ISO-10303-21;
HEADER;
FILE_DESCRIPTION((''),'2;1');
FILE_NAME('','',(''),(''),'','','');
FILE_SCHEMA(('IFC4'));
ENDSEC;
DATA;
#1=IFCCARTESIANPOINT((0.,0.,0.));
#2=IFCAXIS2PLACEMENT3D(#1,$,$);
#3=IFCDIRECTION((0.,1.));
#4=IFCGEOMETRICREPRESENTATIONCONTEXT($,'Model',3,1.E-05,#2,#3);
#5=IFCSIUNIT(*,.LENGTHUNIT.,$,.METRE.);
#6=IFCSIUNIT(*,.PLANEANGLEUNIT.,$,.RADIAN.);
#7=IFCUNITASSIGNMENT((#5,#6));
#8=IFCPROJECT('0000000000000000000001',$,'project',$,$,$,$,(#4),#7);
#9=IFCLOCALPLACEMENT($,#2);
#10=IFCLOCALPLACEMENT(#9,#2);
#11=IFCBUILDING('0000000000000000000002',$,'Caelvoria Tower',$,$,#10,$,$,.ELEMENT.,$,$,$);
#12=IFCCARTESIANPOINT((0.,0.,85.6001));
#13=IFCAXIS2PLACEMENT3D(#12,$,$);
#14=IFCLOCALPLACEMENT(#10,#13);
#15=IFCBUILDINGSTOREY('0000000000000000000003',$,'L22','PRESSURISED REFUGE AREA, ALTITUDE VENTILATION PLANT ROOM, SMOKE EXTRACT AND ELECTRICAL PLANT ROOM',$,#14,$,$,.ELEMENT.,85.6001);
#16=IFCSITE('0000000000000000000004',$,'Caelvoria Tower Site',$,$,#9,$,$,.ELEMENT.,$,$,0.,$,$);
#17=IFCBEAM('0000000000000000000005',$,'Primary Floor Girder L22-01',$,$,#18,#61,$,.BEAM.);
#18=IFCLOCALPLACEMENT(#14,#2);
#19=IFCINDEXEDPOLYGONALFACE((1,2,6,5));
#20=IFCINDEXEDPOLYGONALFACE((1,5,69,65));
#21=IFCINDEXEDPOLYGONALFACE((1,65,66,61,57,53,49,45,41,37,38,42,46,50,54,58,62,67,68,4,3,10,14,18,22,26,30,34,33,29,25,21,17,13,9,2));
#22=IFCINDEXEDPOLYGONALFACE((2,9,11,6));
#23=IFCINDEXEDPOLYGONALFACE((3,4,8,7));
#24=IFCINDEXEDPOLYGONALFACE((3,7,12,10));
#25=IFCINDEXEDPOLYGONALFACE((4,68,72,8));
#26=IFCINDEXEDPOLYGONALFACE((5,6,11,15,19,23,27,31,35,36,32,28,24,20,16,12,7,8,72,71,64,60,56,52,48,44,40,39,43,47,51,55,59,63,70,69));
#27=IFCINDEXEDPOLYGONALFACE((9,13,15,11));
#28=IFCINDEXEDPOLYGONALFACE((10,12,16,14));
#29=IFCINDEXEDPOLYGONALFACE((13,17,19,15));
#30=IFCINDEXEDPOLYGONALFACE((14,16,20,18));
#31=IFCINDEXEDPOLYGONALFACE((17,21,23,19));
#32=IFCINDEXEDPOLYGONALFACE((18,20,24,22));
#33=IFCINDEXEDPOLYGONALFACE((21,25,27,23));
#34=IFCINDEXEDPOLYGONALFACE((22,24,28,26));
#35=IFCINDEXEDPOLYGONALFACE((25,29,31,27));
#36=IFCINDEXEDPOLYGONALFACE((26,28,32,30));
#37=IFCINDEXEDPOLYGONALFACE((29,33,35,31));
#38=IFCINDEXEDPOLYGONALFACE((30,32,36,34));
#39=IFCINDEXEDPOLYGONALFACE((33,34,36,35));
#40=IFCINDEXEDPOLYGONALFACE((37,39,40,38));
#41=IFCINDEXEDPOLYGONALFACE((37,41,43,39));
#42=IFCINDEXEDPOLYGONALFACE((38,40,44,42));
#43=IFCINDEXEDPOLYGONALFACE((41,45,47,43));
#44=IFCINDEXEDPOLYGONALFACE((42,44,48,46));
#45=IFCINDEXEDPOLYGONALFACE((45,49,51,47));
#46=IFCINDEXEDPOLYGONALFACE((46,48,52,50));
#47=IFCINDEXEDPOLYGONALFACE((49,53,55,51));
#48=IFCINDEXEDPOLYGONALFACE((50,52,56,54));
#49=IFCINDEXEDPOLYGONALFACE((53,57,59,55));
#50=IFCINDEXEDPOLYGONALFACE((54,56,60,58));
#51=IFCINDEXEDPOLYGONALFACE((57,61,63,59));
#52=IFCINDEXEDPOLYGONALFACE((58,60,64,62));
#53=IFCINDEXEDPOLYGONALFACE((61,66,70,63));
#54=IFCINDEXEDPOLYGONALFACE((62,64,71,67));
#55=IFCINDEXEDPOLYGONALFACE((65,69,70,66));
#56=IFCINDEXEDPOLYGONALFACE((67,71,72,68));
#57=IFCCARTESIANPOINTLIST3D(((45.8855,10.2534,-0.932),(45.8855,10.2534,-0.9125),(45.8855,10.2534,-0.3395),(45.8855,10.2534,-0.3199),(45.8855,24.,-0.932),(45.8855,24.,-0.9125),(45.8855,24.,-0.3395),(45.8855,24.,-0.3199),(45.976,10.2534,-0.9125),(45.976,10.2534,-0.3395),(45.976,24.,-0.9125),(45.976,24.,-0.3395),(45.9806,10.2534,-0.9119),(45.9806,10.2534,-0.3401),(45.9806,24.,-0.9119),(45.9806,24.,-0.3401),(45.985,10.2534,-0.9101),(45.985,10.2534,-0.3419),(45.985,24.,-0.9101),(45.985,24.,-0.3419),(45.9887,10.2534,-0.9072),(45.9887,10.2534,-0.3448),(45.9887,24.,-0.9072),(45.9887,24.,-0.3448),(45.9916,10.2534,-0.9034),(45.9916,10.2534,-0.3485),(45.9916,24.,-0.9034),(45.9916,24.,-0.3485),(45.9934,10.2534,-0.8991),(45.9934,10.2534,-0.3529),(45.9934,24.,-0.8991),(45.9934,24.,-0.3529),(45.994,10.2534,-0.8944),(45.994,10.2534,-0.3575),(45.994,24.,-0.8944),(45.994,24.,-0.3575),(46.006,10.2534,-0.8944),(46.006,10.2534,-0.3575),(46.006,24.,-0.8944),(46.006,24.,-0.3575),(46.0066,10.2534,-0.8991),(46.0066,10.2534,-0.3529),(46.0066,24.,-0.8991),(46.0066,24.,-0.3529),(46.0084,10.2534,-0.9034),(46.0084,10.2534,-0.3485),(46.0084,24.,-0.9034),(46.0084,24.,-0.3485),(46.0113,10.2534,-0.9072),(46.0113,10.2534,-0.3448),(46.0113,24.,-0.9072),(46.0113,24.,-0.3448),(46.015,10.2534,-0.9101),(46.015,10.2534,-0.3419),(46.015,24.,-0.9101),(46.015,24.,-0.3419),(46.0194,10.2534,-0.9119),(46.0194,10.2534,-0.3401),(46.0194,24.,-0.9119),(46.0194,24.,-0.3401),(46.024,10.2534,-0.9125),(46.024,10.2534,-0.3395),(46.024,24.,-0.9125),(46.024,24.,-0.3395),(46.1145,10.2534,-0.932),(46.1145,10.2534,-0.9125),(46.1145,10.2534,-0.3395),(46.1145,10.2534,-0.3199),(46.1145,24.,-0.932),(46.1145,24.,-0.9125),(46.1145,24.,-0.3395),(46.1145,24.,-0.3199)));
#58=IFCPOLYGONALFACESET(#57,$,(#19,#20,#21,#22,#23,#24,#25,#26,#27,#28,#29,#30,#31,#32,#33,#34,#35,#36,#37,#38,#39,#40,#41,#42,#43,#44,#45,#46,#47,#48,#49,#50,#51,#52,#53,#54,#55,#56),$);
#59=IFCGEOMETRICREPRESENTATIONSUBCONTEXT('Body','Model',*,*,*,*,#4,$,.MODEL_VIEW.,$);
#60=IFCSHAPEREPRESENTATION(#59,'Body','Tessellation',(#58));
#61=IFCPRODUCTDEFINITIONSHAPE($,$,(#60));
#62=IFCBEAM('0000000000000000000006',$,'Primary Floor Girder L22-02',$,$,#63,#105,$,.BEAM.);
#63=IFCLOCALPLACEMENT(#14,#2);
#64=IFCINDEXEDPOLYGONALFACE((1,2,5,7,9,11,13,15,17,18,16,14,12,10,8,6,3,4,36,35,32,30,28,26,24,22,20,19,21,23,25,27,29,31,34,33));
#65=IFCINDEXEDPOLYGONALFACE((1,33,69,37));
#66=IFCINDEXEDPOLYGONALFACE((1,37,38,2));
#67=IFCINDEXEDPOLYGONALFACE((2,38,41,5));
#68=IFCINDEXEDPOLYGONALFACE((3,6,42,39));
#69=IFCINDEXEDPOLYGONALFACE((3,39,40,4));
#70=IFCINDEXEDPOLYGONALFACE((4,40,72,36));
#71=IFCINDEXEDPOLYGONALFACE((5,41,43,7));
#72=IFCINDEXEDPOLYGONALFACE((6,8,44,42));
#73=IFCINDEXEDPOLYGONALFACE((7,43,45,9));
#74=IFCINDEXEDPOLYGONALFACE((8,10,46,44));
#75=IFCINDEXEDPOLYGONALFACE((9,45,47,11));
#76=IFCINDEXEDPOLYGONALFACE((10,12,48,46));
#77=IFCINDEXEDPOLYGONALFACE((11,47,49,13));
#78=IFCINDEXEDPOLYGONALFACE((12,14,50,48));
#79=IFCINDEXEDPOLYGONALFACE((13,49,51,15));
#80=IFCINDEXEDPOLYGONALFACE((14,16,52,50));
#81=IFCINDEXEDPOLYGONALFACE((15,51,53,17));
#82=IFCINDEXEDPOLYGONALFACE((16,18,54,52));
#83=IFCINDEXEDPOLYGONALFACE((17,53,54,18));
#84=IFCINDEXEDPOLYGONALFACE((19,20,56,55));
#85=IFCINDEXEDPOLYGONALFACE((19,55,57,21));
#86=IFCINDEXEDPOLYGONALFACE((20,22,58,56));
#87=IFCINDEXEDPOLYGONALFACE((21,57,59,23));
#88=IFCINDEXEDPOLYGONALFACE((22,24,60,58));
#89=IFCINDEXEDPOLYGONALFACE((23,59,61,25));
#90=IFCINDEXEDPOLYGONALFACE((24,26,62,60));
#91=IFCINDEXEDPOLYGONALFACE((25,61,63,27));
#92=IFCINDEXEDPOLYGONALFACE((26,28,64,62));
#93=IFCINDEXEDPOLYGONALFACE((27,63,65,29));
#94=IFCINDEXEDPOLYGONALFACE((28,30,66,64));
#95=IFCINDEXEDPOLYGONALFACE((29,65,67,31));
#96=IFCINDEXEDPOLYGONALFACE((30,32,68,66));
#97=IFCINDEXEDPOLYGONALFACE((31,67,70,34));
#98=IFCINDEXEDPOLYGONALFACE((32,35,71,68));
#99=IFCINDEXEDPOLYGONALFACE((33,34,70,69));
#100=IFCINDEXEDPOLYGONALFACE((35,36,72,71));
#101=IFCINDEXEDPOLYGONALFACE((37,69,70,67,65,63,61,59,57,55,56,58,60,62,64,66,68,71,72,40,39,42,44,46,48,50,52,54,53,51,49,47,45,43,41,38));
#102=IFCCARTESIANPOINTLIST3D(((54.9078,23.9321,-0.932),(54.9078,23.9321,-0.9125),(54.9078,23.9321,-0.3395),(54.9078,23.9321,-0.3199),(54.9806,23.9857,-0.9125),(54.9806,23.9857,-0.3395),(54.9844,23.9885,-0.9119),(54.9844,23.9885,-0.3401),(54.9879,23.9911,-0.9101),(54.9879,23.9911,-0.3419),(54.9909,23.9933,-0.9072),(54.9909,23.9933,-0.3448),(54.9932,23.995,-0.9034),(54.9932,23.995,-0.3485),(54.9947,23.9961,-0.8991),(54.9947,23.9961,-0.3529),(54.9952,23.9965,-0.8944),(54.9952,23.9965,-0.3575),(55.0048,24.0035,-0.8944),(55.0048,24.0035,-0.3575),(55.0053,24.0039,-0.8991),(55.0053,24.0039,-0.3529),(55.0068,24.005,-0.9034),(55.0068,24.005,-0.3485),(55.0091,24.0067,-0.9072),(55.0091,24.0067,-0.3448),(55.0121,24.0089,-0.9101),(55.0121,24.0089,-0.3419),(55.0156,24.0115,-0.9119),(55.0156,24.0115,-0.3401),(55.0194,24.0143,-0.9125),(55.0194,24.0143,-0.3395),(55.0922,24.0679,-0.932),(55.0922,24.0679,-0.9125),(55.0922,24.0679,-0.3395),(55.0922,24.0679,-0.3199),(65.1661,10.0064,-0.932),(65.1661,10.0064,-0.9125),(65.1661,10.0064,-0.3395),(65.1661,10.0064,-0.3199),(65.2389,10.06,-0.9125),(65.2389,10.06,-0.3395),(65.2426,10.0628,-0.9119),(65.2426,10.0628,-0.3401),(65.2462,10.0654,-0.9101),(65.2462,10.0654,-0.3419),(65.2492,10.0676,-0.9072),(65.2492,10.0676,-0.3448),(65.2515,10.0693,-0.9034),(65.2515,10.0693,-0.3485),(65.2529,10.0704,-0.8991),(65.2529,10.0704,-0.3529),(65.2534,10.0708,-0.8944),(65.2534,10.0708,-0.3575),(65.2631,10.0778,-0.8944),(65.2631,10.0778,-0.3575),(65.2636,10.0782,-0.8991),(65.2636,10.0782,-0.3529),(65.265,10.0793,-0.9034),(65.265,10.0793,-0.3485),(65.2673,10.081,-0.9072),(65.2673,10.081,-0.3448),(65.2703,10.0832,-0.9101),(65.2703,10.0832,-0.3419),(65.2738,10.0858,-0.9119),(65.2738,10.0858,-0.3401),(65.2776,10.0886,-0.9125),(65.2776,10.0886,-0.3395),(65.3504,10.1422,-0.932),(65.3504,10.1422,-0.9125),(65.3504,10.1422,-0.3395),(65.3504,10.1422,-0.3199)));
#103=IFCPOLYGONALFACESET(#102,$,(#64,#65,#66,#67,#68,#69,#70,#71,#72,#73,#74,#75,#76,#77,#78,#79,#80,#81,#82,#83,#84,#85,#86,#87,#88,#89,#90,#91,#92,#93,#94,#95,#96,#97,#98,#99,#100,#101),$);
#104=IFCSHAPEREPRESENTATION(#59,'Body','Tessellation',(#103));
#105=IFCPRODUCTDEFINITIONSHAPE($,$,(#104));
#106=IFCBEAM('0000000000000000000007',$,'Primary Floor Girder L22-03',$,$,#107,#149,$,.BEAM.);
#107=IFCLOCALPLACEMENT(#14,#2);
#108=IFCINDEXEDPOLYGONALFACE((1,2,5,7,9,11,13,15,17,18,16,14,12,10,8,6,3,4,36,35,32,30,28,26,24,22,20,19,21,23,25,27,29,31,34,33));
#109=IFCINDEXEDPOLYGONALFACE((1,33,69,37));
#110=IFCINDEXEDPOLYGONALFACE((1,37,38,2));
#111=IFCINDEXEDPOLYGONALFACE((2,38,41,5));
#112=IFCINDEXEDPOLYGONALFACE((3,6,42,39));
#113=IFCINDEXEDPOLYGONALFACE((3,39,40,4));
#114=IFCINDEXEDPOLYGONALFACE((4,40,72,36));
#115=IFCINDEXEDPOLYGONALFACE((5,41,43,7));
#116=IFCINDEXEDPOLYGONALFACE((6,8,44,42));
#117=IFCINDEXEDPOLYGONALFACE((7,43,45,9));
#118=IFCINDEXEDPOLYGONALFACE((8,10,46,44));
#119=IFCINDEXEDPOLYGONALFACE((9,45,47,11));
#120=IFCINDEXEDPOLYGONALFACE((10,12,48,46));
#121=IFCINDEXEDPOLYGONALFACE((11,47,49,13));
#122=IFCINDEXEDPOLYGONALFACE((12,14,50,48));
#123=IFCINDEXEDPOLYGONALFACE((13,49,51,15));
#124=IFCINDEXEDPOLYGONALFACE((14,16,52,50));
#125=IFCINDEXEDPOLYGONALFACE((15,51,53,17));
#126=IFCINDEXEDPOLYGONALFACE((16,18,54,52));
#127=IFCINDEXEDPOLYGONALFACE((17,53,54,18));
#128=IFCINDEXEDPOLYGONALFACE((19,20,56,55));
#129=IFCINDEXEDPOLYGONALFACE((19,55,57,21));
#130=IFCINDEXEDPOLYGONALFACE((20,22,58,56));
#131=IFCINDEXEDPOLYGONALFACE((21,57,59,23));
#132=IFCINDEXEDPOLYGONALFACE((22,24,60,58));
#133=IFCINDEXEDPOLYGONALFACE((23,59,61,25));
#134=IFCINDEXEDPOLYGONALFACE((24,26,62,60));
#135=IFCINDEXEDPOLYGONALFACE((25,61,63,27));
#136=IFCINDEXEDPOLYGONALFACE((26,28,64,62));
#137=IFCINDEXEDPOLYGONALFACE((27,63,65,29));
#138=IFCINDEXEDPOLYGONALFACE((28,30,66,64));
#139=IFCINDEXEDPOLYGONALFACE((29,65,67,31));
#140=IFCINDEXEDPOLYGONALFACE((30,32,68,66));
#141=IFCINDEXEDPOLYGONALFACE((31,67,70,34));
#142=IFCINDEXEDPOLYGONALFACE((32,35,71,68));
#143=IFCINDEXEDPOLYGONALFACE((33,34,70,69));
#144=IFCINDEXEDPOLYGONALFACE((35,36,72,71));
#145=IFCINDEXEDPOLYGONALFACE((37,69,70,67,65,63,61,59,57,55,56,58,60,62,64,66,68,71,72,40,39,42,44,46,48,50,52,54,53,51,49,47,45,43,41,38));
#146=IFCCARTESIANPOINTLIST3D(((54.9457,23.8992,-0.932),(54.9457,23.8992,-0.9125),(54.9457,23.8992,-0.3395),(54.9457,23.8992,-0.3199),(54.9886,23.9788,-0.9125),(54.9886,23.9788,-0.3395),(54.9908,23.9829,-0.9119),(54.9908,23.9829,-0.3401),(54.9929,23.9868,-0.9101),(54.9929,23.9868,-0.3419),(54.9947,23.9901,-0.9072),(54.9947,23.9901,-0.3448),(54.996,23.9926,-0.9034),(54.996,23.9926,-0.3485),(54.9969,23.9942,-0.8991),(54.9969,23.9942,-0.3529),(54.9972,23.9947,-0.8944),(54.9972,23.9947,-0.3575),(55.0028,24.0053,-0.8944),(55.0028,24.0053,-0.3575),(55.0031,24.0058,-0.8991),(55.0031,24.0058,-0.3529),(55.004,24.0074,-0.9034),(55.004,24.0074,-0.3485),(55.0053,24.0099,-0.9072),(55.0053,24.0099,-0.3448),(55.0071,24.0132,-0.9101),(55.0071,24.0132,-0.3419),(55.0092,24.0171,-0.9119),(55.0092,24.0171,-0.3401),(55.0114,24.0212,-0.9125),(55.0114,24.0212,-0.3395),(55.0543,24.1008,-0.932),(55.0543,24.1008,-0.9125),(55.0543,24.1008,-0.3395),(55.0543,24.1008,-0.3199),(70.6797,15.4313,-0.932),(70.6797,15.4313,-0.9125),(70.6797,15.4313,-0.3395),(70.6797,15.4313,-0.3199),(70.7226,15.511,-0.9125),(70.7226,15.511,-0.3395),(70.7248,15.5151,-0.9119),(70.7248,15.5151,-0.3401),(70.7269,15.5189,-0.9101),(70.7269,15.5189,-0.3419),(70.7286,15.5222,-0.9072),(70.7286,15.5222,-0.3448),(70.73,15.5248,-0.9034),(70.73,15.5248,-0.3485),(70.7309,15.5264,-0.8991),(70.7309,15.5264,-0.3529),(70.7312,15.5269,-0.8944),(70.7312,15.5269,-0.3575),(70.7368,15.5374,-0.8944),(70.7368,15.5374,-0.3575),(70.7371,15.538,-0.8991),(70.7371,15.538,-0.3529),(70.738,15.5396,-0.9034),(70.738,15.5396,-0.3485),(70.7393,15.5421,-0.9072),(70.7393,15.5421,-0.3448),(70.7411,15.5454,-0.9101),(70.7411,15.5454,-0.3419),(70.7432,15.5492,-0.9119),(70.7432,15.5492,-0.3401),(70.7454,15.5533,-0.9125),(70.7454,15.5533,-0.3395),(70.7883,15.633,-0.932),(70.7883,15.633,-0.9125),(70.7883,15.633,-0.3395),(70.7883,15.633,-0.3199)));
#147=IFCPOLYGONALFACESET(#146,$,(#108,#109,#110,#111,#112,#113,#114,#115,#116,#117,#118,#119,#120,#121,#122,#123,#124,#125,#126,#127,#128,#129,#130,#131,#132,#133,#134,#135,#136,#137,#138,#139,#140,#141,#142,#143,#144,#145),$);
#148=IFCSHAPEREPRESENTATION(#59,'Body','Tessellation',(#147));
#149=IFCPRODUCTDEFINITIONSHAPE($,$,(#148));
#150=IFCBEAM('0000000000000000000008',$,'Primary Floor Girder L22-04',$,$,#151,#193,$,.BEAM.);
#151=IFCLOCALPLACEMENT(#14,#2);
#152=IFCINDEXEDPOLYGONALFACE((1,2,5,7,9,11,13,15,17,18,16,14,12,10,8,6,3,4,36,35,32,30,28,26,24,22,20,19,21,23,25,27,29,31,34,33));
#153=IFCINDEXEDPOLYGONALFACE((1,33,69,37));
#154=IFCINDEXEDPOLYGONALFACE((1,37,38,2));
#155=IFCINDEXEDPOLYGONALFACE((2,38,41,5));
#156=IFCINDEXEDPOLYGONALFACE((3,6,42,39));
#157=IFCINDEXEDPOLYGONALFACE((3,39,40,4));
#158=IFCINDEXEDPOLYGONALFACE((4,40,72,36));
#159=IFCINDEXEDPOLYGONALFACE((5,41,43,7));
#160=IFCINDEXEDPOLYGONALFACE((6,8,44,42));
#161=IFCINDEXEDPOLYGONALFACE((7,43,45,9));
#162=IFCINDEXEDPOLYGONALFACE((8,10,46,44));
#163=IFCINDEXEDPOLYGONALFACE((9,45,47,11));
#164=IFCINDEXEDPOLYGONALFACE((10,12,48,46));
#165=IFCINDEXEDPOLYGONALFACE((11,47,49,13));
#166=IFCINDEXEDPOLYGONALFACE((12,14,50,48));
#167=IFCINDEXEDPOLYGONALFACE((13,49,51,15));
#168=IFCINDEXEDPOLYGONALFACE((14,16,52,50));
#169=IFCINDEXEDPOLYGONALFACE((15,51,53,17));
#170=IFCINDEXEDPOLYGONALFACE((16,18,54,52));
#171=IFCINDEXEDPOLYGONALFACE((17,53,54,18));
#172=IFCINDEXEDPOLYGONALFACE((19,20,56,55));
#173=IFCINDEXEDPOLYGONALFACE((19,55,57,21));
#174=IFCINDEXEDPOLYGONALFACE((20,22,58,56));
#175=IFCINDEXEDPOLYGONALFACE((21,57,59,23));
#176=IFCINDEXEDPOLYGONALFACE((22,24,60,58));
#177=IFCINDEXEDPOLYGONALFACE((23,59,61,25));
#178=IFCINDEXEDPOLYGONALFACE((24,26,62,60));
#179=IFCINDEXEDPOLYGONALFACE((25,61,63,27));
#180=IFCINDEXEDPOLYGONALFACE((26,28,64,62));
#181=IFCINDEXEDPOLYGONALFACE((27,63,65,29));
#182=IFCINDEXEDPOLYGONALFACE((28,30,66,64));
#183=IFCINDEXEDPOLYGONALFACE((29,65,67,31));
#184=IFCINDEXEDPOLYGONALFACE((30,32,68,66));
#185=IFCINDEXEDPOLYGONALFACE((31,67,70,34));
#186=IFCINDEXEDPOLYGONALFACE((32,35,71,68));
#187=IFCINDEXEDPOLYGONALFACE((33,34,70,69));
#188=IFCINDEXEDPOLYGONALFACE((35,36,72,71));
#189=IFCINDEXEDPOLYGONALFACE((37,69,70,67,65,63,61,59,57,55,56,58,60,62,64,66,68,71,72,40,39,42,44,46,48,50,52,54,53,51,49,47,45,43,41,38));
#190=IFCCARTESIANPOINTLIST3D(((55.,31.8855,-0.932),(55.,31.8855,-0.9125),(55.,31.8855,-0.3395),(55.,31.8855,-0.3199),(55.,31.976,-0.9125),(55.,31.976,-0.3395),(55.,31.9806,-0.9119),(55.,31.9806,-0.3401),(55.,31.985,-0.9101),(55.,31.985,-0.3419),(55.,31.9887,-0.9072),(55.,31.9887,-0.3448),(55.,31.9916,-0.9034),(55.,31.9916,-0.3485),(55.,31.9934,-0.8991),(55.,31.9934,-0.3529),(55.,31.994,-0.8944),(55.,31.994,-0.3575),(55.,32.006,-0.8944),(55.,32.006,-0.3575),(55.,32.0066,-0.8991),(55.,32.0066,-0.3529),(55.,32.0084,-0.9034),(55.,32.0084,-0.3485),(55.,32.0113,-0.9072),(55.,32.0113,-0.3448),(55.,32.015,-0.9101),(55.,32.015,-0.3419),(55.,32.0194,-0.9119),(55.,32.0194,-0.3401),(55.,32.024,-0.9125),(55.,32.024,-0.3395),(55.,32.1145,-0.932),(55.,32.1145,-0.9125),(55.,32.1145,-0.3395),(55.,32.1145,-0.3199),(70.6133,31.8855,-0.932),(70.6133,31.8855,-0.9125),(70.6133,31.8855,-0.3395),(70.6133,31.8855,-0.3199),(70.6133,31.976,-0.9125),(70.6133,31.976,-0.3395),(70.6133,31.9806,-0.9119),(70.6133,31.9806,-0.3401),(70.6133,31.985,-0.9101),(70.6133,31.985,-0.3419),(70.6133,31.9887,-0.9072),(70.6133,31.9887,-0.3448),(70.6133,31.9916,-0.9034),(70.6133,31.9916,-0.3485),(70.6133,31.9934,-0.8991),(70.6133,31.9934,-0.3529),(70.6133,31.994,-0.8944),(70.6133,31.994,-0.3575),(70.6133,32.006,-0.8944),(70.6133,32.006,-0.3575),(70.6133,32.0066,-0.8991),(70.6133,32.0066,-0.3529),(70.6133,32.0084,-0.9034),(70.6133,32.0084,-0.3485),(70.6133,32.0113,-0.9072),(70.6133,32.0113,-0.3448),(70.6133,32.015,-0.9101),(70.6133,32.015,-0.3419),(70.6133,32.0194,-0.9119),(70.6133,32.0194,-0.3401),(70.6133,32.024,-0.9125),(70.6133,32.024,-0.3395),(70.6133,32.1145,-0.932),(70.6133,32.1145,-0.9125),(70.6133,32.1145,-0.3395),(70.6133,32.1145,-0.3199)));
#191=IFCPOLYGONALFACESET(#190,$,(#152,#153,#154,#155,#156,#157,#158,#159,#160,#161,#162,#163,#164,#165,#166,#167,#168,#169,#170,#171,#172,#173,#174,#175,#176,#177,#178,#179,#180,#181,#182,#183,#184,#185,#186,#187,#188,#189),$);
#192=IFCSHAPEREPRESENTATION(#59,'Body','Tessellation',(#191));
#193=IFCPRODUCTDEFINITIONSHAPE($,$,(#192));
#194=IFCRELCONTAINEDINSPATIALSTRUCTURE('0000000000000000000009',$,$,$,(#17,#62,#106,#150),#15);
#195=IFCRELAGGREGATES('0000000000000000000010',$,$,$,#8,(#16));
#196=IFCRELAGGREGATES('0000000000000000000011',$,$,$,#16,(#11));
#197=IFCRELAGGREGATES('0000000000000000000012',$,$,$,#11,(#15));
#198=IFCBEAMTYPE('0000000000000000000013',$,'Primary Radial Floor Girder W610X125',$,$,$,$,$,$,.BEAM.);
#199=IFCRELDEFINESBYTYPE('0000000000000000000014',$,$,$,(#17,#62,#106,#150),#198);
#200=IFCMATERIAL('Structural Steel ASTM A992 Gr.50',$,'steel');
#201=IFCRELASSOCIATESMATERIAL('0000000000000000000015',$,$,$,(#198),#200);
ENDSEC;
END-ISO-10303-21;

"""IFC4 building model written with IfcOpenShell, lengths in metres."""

from ifc_helpers import new_model, si_unit, direction, frame, origin, origin_2d, place, context, subcontext, project, spatial, i_section, extrude, material, material_profile, profile_set, type_object, element, save


model = new_model("IFC4")

# Units and contexts
model_context = context("Model", 3, precision=1e-05, world=origin(), true_north=direction((0.0, 1.0)))
body_context = subcontext(model_context, "Body", "Model", "MODEL_VIEW")
ifc_project = project(units=[si_unit("LENGTHUNIT", "METRE"), si_unit("PLANEANGLEUNIT", "RADIAN")], contexts=[model_context])

# Site, building, storey
site_placement = place(None, origin())
site = spatial("IfcSite", under=ifc_project, at=site_placement, Name="Caelvoria Tower Site", CompositionType="ELEMENT", RefElevation=0.0)
building_placement = place(site_placement, origin())
building = spatial("IfcBuilding", under=site, at=building_placement, Name="Caelvoria Tower", CompositionType="ELEMENT")
storey_placement = place(building_placement, frame((0.0, 0.0, 85.6001)))
storey = spatial("IfcBuildingStorey", under=building, at=storey_placement, Name="L22", Description="PRESSURISED REFUGE AREA, ALTITUDE VENTILATION PLANT ROOM, SMOKE EXTRACT AND ELECTRICAL PLANT ROOM", CompositionType="ELEMENT", Elevation=85.6001)

# Beams
ifc_material_1 = material(Name="Structural Steel ASTM A992 Gr.50", Category="steel")
ifc_material_profile_1 = material_profile(ifc_material_1, i_section(OverallWidth=0.229, OverallDepth=0.6121, WebThickness=0.012, FlangeThickness=0.0195, FilletRadius=0.0181, at=origin_2d()), Name="Structural Steel ASTM A992 Gr.50")
ifc_profile_set_1 = profile_set([ifc_material_profile_1], Name="W610X125 - Structural Steel ASTM A992 Gr.50")
beam_type_1 = type_object("IfcBeamType", Name="Primary Radial Floor Girder W610X125", PredefinedType="BEAM", material=ifc_profile_set_1)
beam_1_placement = place(storey_placement, frame((46.0, 24.0, -0.626), z_axis=(0.0, -1.0, 0.0), x_axis=(1.0, 0.0, 0.0)))
element("IfcBeam", 1, at=beam_1_placement, inside=storey, type_object=beam_type_1, Name="Primary Floor Girder L22-01", PredefinedType="BEAM", context=body_context, shape_type="SweptSolid", body=[
    extrude(i_section(OverallWidth=0.229, OverallDepth=0.6121, WebThickness=0.012, FlangeThickness=0.0195, FilletRadius=0.0181, at=origin_2d()), origin(), (0.0, 0.0, 1.0), 13.7466),
])
beam_2_placement = place(storey_placement, frame((55.0, 24.0, -0.626), z_axis=(0.593094, -0.805133, 0.0), x_axis=(0.805133, 0.593094, 0.0)))
element("IfcBeam", 2, at=beam_2_placement, inside=storey, type_object=beam_type_1, Name="Primary Floor Girder L22-02", PredefinedType="BEAM", context=body_context, shape_type="SweptSolid", body=[
    extrude(i_section(OverallWidth=0.229, OverallDepth=0.6121, WebThickness=0.012, FlangeThickness=0.0195, FilletRadius=0.0181, at=origin_2d()), origin(), (0.0, 0.0, 1.0), 17.2961),
])
beam_3_placement = place(storey_placement, frame((55.0, 24.0, -0.626), z_axis=(0.880572, -0.473912, 0.0), x_axis=(0.473912, 0.880572, 0.0)))
element("IfcBeam", 3, at=beam_3_placement, inside=storey, type_object=beam_type_1, Name="Primary Floor Girder L22-03", PredefinedType="BEAM", context=body_context, shape_type="SweptSolid", body=[
    extrude(i_section(OverallWidth=0.229, OverallDepth=0.6121, WebThickness=0.012, FlangeThickness=0.0195, FilletRadius=0.0181, at=origin_2d()), origin(), (0.0, 0.0, 1.0), 17.8679),
])
beam_4_placement = place(storey_placement, frame((55.0, 32.0, -0.626), z_axis=(1.0, 0.0, 0.0), x_axis=(0.0, 1.0, 0.0)))
element("IfcBeam", 4, at=beam_4_placement, inside=storey, type_object=beam_type_1, Name="Primary Floor Girder L22-04", PredefinedType="BEAM", context=body_context, shape_type="SweptSolid", body=[
    extrude(i_section(OverallWidth=0.229, OverallDepth=0.6121, WebThickness=0.012, FlangeThickness=0.0195, FilletRadius=0.0181, at=origin_2d()), origin(), (0.0, 0.0, 1.0), 15.6133),
])

save(model, "model.ifc")
